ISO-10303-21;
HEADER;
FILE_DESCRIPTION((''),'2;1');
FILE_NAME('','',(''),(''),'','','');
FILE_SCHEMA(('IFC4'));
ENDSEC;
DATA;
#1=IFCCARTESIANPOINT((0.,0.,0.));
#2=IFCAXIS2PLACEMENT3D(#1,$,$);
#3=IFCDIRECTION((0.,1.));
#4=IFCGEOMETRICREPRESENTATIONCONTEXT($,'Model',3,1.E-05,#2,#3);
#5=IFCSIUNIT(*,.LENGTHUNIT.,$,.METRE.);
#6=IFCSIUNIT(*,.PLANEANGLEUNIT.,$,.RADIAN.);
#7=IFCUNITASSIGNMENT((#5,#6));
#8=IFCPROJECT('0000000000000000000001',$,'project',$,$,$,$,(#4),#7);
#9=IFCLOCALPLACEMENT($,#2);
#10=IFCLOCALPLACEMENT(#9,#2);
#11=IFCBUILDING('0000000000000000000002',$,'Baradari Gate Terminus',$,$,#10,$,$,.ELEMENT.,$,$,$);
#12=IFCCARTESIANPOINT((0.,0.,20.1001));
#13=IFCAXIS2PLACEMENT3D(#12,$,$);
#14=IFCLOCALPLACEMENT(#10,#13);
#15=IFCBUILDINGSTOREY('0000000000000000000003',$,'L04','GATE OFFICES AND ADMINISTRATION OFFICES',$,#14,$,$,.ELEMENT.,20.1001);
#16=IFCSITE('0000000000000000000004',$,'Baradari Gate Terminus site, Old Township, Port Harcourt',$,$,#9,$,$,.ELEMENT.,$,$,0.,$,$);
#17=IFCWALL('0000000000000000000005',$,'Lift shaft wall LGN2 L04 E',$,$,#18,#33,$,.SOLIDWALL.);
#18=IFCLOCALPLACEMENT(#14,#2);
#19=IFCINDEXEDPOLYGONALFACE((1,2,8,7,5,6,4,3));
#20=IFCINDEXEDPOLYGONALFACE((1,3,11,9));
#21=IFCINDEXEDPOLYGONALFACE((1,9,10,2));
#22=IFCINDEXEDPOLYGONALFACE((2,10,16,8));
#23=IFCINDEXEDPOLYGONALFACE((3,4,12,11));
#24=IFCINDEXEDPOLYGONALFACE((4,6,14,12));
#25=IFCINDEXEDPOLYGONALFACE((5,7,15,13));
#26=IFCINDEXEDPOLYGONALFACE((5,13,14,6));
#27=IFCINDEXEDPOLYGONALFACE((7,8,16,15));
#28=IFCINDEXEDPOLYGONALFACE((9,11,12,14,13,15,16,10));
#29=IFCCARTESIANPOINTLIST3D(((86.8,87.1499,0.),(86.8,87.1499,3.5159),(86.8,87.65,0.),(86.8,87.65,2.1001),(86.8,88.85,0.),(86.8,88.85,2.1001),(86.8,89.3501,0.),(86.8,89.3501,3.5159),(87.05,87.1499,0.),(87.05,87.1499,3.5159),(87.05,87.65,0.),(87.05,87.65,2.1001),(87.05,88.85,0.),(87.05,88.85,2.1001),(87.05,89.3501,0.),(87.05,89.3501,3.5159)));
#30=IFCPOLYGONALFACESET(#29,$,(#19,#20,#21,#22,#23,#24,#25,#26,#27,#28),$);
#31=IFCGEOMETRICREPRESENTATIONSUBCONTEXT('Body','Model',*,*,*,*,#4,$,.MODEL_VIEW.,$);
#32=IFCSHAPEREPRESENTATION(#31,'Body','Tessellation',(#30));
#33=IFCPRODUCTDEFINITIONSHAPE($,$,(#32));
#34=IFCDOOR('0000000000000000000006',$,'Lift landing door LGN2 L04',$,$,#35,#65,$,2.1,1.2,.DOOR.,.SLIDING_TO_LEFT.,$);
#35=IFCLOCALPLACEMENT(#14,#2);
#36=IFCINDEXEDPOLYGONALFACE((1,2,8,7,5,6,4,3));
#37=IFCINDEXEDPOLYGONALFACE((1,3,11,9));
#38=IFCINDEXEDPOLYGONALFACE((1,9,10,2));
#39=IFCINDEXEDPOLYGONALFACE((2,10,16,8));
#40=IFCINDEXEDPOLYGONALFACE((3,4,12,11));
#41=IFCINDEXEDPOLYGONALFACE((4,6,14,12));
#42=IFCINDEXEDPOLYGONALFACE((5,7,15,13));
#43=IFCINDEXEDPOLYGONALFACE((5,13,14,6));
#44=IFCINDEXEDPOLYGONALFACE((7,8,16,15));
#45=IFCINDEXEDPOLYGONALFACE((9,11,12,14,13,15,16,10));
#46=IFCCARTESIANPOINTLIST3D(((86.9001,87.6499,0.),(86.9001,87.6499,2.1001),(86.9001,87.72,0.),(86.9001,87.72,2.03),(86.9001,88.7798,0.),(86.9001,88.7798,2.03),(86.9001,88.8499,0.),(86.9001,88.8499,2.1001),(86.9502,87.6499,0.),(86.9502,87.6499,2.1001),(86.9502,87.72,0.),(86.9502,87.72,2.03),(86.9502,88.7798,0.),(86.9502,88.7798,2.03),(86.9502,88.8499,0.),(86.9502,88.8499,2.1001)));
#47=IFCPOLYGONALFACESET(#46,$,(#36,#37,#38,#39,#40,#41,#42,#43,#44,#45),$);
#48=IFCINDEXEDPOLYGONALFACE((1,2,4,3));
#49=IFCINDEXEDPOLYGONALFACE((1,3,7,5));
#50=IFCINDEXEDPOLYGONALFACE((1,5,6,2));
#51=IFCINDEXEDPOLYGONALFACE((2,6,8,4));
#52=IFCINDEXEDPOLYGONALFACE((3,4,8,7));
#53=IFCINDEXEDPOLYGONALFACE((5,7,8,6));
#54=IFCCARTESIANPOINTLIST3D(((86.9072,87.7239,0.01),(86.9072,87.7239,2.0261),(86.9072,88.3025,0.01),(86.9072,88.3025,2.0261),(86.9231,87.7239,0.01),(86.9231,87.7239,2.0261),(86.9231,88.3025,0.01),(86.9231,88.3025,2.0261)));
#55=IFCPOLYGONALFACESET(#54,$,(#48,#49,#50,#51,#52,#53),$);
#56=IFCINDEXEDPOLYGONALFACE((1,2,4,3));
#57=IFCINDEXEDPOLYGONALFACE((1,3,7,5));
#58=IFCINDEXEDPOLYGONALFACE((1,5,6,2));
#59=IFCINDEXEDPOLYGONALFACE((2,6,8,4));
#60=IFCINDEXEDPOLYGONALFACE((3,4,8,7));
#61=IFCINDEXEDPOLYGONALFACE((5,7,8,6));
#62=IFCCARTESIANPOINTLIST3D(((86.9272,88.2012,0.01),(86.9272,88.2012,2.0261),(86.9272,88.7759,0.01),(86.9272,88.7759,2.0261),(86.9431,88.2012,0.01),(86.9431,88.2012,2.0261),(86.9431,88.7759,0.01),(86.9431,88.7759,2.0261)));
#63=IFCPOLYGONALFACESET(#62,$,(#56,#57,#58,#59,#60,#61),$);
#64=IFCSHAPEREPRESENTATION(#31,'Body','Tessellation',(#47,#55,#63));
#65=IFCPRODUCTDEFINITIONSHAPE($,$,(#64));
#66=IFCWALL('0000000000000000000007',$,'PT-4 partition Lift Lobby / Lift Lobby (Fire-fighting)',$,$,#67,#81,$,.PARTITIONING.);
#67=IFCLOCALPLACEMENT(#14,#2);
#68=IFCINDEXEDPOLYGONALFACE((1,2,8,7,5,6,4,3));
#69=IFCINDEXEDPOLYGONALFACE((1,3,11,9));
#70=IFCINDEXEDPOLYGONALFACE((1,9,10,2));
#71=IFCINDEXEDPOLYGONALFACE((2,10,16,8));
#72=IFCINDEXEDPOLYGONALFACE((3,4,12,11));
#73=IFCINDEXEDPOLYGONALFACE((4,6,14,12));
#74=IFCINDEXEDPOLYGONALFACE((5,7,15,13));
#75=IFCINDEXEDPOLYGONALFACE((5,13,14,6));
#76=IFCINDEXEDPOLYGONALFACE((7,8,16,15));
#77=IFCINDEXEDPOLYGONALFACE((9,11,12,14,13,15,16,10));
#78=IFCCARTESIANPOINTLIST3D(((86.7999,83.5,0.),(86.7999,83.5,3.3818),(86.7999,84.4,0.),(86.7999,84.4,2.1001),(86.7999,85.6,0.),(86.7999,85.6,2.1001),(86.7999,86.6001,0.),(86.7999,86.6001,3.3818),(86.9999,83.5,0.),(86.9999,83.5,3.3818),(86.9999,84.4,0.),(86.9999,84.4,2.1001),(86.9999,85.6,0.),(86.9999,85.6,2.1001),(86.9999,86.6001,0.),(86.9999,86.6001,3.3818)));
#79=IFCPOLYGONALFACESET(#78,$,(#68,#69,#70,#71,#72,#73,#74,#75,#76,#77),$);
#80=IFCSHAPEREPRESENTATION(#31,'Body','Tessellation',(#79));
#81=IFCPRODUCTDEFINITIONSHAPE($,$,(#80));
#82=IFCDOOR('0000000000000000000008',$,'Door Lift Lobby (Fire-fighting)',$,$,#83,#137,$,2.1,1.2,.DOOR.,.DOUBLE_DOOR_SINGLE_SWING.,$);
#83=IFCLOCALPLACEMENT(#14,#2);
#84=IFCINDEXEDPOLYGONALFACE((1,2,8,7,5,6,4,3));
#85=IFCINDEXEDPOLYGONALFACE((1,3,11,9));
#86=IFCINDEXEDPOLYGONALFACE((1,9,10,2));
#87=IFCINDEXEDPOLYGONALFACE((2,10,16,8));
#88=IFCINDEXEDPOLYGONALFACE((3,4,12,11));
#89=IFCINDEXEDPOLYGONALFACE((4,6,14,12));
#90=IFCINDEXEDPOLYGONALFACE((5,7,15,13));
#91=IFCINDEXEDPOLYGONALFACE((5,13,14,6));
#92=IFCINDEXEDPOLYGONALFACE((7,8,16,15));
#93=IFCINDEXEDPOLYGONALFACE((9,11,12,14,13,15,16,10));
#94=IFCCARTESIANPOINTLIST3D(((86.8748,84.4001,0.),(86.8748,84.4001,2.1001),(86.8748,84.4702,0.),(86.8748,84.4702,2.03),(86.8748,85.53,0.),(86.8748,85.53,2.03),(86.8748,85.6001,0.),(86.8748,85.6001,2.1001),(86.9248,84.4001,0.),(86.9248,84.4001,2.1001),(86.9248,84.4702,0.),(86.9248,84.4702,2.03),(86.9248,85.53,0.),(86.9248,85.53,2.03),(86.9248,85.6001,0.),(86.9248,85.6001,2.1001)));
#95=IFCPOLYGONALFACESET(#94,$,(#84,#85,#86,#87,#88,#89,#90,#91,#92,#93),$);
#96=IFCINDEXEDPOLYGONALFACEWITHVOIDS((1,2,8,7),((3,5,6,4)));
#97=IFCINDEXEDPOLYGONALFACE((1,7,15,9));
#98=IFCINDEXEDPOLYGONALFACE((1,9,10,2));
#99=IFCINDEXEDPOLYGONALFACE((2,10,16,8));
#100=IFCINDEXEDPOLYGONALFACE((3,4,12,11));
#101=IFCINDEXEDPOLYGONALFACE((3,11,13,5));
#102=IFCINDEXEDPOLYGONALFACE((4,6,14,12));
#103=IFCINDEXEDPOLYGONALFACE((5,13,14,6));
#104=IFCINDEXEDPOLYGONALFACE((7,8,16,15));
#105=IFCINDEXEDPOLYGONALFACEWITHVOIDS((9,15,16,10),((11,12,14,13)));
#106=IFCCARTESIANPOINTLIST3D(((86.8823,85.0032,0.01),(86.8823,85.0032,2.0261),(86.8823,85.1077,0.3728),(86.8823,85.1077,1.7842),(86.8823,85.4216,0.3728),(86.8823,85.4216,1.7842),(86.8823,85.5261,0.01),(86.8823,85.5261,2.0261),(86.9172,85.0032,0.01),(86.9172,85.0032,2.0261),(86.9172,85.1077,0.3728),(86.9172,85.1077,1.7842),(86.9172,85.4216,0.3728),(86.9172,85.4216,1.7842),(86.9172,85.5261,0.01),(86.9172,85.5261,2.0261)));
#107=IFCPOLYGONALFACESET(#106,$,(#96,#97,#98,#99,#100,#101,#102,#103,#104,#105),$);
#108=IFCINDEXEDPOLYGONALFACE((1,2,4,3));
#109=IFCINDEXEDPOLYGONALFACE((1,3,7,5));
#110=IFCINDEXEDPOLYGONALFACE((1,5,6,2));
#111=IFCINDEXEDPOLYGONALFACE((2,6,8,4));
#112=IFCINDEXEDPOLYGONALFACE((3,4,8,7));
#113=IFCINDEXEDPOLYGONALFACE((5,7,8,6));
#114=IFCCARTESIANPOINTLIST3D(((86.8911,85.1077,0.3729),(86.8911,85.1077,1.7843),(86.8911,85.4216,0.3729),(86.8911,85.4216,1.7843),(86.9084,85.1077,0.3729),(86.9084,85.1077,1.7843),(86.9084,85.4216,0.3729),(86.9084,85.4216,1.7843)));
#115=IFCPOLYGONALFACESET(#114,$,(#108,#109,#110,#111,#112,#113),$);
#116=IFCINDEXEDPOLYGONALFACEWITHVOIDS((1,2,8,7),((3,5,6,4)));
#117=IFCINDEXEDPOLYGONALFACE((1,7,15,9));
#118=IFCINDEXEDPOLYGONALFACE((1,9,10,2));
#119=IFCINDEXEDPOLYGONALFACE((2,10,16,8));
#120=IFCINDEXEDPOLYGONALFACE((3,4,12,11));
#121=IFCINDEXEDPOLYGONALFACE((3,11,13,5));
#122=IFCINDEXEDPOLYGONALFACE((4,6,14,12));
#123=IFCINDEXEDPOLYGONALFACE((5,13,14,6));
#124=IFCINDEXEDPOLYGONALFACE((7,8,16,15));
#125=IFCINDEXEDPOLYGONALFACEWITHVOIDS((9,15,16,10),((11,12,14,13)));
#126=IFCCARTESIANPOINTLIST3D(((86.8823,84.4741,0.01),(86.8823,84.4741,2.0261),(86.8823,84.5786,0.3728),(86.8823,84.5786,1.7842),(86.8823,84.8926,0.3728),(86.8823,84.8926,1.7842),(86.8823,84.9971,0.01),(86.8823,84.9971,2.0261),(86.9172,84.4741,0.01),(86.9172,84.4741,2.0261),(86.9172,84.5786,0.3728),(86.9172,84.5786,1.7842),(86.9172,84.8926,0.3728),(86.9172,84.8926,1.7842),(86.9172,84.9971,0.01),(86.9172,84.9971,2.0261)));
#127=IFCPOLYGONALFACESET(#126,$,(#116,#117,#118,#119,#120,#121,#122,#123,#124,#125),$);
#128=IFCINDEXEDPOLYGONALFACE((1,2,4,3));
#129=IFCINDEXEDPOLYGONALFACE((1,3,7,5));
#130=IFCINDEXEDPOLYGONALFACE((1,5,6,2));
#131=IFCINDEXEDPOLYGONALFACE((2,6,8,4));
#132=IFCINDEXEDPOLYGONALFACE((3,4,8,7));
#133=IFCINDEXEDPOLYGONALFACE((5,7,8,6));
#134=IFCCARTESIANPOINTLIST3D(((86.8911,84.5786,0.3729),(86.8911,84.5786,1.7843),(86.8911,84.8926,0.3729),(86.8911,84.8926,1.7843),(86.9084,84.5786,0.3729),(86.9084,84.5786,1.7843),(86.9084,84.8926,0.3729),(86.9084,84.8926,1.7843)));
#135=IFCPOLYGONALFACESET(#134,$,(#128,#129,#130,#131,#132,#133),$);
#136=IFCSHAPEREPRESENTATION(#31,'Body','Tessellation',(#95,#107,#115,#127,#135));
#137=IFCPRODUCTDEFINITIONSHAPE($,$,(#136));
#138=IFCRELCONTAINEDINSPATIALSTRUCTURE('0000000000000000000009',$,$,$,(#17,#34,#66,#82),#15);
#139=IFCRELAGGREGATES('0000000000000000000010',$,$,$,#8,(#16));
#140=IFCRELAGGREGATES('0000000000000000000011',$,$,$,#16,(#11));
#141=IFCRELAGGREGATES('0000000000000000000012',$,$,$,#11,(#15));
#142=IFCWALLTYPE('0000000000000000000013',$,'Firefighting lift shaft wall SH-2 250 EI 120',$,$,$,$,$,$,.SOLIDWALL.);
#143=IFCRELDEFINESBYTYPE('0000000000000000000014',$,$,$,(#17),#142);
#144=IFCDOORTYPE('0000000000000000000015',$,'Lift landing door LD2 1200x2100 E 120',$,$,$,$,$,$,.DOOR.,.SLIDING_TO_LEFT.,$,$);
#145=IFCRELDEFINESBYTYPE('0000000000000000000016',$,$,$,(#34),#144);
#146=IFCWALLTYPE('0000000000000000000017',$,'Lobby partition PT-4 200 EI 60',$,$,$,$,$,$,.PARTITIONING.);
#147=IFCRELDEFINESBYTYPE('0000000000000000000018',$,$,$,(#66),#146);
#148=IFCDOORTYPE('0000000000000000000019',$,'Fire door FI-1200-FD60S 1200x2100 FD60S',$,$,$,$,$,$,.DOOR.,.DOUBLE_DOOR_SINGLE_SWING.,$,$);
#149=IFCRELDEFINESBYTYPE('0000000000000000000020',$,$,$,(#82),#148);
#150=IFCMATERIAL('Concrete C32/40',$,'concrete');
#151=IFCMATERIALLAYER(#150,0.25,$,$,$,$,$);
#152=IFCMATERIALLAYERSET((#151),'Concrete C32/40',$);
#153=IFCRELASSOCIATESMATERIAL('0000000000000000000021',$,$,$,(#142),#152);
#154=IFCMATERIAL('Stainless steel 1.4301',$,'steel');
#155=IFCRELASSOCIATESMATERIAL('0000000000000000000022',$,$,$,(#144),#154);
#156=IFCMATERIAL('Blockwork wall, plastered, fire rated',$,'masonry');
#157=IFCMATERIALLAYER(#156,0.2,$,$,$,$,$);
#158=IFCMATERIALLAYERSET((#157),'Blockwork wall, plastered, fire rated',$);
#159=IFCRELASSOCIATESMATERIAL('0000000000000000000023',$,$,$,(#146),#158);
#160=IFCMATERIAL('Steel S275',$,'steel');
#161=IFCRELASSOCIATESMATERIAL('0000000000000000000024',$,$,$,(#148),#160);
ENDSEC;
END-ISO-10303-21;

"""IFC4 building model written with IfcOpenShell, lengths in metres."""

from ifc_helpers import new_model, si_unit, direction, frame, frame_2d, origin, place, context, subcontext, project, spatial, polyline, rectangle, outline, extrude, material, layer, layer_set, type_object, element, fill, save


model = new_model("IFC4")

# Units and contexts
model_context = context("Model", 3, precision=1e-05, world=origin(), true_north=direction((0.0, 1.0)))
body_context = subcontext(model_context, "Body", "Model", "MODEL_VIEW")
ifc_project = project(units=[si_unit("LENGTHUNIT", "METRE"), si_unit("PLANEANGLEUNIT", "RADIAN")], contexts=[model_context])

# Site, building, storey
site_placement = place(None, origin())
site = spatial("IfcSite", under=ifc_project, at=site_placement, Name="Baradari Gate Terminus site, Old Township, Port Harcourt", CompositionType="ELEMENT", RefElevation=0.0)
building_placement = place(site_placement, origin())
building = spatial("IfcBuilding", under=site, at=building_placement, Name="Baradari Gate Terminus", CompositionType="ELEMENT")
storey_placement = place(building_placement, frame((0.0, 0.0, 20.1001)))
storey = spatial("IfcBuildingStorey", under=building, at=storey_placement, Name="L04", Description="GATE OFFICES AND ADMINISTRATION OFFICES", CompositionType="ELEMENT", Elevation=20.1001)

# Walls, openings, doors
ifc_material_1 = material(Name="Concrete C32/40", Category="concrete")
ifc_layer_1 = layer(ifc_material_1, 0.25)
ifc_layer_set_1 = layer_set([ifc_layer_1], Name="Concrete C32/40")
wall_type_1 = type_object("IfcWallType", Name="Firefighting lift shaft wall SH-2 250 EI 120", PredefinedType="SOLIDWALL", material=ifc_layer_set_1)
wall_1_placement = place(storey_placement, frame((86.925, 87.1499, 0.0), z_axis=(0.0, 0.0, 1.0), x_axis=(0.0, 1.0, 0.0)))
wall_1 = element("IfcWall", 1, at=wall_1_placement, inside=storey, type_object=wall_type_1, Name="Lift shaft wall LGN2 L04 E", PredefinedType="SOLIDWALL", context=body_context, shape_type="SweptSolid", body=[
    extrude(rectangle(XDim=2.2002, YDim=0.25, at=frame_2d((1.1001, 0.0))), origin(), (0.0, 0.0, 1.0), 3.5159),
])
opening_1_placement = place(wall_1_placement, frame((0.5, 0.0, 0.0)))
opening_1 = element("IfcOpeningElement", 2, at=opening_1_placement, cuts=wall_1, PredefinedType="OPENING", context=body_context, shape_type="SweptSolid", body=[
    extrude(rectangle(XDim=1.2, YDim=2.1001, at=frame_2d((0.6001, 1.05))), frame((0.0, 0.135, 0.0), z_axis=(0.0, -1.0, 0.0), x_axis=(1.0, 0.0, 0.0)), (0.0, 0.0, 1.0), 0.27),
])
ifc_material_2 = material(Name="Stainless steel 1.4301", Category="steel")
door_type_1 = type_object("IfcDoorType", Name="Lift landing door LD2 1200x2100 E 120", OperationType="SLIDING_TO_LEFT", PredefinedType="DOOR", material=ifc_material_2)
door_1_placement = place(opening_1_placement, origin())
door_1 = element("IfcDoor", 3, at=door_1_placement, inside=storey, type_object=door_type_1, Name="Lift landing door LGN2 L04", OperationType="SLIDING_TO_LEFT", OverallHeight=2.1, OverallWidth=1.2, PredefinedType="DOOR", context=body_context, shape_type="SweptSolid", body=[
    extrude(outline(polyline([(0.0, 0.0), (0.0701, 0.0), (0.0701, 2.03), (1.1299, 2.03), (1.1299, 0.0), (1.2, 0.0), (1.2, 2.1001), (0.0, 2.1001), (0.0, 0.0)])), frame((0.0, 0.0249, 0.0), z_axis=(0.0, -1.0, 0.0), x_axis=(1.0, 0.0, 0.0)), (0.0, 0.0, 1.0), 0.05),
    extrude(rectangle(XDim=0.5786, YDim=2.0161, at=frame_2d((0.3633, 1.0181))), frame((0.0, 0.0178, 0.0), z_axis=(0.0, -1.0, 0.0), x_axis=(1.0, 0.0, 0.0)), (0.0, 0.0, 1.0), 0.0159),
    extrude(rectangle(XDim=0.5747, YDim=2.0161, at=frame_2d((0.8386, 1.0181))), frame((0.0, -0.0022, 0.0), z_axis=(0.0, -1.0, 0.0), x_axis=(1.0, 0.0, 0.0)), (0.0, 0.0, 1.0), 0.0159),
])
fill(opening_1, door_1)
ifc_material_3 = material(Name="Blockwork wall, plastered, fire rated", Category="masonry")
ifc_layer_2 = layer(ifc_material_3, 0.2)
ifc_layer_set_2 = layer_set([ifc_layer_2], Name="Blockwork wall, plastered, fire rated")
wall_type_2 = type_object("IfcWallType", Name="Lobby partition PT-4 200 EI 60", PredefinedType="PARTITIONING", material=ifc_layer_set_2)
wall_2_placement = place(storey_placement, frame((86.8999, 86.6001, 0.0), z_axis=(0.0, 0.0, 1.0), x_axis=(0.0, -1.0, 0.0)))
wall_2 = element("IfcWall", 4, at=wall_2_placement, inside=storey, type_object=wall_type_2, Name="PT-4 partition Lift Lobby / Lift Lobby (Fire-fighting)", PredefinedType="PARTITIONING", context=body_context, shape_type="SweptSolid", body=[
    extrude(rectangle(XDim=3.1001, YDim=0.2, at=frame_2d((1.55, 0.0))), origin(), (0.0, 0.0, 1.0), 3.3818),
])
opening_2_placement = place(wall_2_placement, frame((1.0, 0.0, 0.0)))
opening_2 = element("IfcOpeningElement", 5, at=opening_2_placement, cuts=wall_2, PredefinedType="OPENING", context=body_context, shape_type="SweptSolid", body=[
    extrude(rectangle(XDim=1.2, YDim=2.1001, at=frame_2d((0.6001, 1.05))), frame((0.0, 0.1099, 0.0), z_axis=(0.0, -1.0, 0.0), x_axis=(1.0, 0.0, 0.0)), (0.0, 0.0, 1.0), 0.22),
])
ifc_material_4 = material(Name="Steel S275", Category="steel")
door_type_2 = type_object("IfcDoorType", Name="Fire door FI-1200-FD60S 1200x2100 FD60S", OperationType="DOUBLE_DOOR_SINGLE_SWING", PredefinedType="DOOR", material=ifc_material_4)
door_2_placement = place(opening_2_placement, origin())
door_2 = element("IfcDoor", 6, at=door_2_placement, inside=storey, type_object=door_type_2, Name="Door Lift Lobby (Fire-fighting)", OperationType="DOUBLE_DOOR_SINGLE_SWING", OverallHeight=2.1, OverallWidth=1.2, PredefinedType="DOOR", context=body_context, shape_type="SweptSolid", body=[
    extrude(outline(polyline([(0.0, 0.0), (0.0701, 0.0), (0.0701, 2.03), (1.1299, 2.03), (1.1299, 0.0), (1.2, 0.0), (1.2, 2.1001), (0.0, 2.1001), (0.0, 0.0)])), frame((0.0, 0.0249, 0.0), z_axis=(0.0, -1.0, 0.0), x_axis=(1.0, 0.0, 0.0)), (0.0, 0.0, 1.0), 0.05),
    extrude(outline(polyline([(0.074, 0.01), (0.5969, 0.01), (0.5969, 2.0261), (0.074, 2.0261), (0.074, 0.01)]), holes=[polyline([(0.1785, 0.3728), (0.4924, 0.3728), (0.4924, 1.7842), (0.1785, 1.7842), (0.1785, 0.3728)])]), frame((0.0, 0.0173, 0.0), z_axis=(0.0, -1.0, 0.0), x_axis=(1.0, 0.0, 0.0)), (0.0, 0.0, 1.0), 0.0349),
    extrude(rectangle(XDim=0.314, YDim=1.4114, at=frame_2d((0.3354, 1.0786))), frame((0.0, 0.0085, 0.0), z_axis=(0.0, -1.0, 0.0), x_axis=(1.0, 0.0, 0.0)), (0.0, 0.0, 1.0), 0.0173),
    extrude(outline(polyline([(0.603, 0.01), (1.126, 0.01), (1.126, 2.0261), (0.603, 2.0261), (0.603, 0.01)]), holes=[polyline([(0.7075, 0.3728), (1.0215, 0.3728), (1.0215, 1.7842), (0.7075, 1.7842), (0.7075, 0.3728)])]), frame((0.0, 0.0173, 0.0), z_axis=(0.0, -1.0, 0.0), x_axis=(1.0, 0.0, 0.0)), (0.0, 0.0, 1.0), 0.0349),
    extrude(rectangle(XDim=0.314, YDim=1.4114, at=frame_2d((0.8645, 1.0786))), frame((0.0, 0.0085, 0.0), z_axis=(0.0, -1.0, 0.0), x_axis=(1.0, 0.0, 0.0)), (0.0, 0.0, 1.0), 0.0173),
])
fill(opening_2, door_2)

save(model, "model.ifc")
